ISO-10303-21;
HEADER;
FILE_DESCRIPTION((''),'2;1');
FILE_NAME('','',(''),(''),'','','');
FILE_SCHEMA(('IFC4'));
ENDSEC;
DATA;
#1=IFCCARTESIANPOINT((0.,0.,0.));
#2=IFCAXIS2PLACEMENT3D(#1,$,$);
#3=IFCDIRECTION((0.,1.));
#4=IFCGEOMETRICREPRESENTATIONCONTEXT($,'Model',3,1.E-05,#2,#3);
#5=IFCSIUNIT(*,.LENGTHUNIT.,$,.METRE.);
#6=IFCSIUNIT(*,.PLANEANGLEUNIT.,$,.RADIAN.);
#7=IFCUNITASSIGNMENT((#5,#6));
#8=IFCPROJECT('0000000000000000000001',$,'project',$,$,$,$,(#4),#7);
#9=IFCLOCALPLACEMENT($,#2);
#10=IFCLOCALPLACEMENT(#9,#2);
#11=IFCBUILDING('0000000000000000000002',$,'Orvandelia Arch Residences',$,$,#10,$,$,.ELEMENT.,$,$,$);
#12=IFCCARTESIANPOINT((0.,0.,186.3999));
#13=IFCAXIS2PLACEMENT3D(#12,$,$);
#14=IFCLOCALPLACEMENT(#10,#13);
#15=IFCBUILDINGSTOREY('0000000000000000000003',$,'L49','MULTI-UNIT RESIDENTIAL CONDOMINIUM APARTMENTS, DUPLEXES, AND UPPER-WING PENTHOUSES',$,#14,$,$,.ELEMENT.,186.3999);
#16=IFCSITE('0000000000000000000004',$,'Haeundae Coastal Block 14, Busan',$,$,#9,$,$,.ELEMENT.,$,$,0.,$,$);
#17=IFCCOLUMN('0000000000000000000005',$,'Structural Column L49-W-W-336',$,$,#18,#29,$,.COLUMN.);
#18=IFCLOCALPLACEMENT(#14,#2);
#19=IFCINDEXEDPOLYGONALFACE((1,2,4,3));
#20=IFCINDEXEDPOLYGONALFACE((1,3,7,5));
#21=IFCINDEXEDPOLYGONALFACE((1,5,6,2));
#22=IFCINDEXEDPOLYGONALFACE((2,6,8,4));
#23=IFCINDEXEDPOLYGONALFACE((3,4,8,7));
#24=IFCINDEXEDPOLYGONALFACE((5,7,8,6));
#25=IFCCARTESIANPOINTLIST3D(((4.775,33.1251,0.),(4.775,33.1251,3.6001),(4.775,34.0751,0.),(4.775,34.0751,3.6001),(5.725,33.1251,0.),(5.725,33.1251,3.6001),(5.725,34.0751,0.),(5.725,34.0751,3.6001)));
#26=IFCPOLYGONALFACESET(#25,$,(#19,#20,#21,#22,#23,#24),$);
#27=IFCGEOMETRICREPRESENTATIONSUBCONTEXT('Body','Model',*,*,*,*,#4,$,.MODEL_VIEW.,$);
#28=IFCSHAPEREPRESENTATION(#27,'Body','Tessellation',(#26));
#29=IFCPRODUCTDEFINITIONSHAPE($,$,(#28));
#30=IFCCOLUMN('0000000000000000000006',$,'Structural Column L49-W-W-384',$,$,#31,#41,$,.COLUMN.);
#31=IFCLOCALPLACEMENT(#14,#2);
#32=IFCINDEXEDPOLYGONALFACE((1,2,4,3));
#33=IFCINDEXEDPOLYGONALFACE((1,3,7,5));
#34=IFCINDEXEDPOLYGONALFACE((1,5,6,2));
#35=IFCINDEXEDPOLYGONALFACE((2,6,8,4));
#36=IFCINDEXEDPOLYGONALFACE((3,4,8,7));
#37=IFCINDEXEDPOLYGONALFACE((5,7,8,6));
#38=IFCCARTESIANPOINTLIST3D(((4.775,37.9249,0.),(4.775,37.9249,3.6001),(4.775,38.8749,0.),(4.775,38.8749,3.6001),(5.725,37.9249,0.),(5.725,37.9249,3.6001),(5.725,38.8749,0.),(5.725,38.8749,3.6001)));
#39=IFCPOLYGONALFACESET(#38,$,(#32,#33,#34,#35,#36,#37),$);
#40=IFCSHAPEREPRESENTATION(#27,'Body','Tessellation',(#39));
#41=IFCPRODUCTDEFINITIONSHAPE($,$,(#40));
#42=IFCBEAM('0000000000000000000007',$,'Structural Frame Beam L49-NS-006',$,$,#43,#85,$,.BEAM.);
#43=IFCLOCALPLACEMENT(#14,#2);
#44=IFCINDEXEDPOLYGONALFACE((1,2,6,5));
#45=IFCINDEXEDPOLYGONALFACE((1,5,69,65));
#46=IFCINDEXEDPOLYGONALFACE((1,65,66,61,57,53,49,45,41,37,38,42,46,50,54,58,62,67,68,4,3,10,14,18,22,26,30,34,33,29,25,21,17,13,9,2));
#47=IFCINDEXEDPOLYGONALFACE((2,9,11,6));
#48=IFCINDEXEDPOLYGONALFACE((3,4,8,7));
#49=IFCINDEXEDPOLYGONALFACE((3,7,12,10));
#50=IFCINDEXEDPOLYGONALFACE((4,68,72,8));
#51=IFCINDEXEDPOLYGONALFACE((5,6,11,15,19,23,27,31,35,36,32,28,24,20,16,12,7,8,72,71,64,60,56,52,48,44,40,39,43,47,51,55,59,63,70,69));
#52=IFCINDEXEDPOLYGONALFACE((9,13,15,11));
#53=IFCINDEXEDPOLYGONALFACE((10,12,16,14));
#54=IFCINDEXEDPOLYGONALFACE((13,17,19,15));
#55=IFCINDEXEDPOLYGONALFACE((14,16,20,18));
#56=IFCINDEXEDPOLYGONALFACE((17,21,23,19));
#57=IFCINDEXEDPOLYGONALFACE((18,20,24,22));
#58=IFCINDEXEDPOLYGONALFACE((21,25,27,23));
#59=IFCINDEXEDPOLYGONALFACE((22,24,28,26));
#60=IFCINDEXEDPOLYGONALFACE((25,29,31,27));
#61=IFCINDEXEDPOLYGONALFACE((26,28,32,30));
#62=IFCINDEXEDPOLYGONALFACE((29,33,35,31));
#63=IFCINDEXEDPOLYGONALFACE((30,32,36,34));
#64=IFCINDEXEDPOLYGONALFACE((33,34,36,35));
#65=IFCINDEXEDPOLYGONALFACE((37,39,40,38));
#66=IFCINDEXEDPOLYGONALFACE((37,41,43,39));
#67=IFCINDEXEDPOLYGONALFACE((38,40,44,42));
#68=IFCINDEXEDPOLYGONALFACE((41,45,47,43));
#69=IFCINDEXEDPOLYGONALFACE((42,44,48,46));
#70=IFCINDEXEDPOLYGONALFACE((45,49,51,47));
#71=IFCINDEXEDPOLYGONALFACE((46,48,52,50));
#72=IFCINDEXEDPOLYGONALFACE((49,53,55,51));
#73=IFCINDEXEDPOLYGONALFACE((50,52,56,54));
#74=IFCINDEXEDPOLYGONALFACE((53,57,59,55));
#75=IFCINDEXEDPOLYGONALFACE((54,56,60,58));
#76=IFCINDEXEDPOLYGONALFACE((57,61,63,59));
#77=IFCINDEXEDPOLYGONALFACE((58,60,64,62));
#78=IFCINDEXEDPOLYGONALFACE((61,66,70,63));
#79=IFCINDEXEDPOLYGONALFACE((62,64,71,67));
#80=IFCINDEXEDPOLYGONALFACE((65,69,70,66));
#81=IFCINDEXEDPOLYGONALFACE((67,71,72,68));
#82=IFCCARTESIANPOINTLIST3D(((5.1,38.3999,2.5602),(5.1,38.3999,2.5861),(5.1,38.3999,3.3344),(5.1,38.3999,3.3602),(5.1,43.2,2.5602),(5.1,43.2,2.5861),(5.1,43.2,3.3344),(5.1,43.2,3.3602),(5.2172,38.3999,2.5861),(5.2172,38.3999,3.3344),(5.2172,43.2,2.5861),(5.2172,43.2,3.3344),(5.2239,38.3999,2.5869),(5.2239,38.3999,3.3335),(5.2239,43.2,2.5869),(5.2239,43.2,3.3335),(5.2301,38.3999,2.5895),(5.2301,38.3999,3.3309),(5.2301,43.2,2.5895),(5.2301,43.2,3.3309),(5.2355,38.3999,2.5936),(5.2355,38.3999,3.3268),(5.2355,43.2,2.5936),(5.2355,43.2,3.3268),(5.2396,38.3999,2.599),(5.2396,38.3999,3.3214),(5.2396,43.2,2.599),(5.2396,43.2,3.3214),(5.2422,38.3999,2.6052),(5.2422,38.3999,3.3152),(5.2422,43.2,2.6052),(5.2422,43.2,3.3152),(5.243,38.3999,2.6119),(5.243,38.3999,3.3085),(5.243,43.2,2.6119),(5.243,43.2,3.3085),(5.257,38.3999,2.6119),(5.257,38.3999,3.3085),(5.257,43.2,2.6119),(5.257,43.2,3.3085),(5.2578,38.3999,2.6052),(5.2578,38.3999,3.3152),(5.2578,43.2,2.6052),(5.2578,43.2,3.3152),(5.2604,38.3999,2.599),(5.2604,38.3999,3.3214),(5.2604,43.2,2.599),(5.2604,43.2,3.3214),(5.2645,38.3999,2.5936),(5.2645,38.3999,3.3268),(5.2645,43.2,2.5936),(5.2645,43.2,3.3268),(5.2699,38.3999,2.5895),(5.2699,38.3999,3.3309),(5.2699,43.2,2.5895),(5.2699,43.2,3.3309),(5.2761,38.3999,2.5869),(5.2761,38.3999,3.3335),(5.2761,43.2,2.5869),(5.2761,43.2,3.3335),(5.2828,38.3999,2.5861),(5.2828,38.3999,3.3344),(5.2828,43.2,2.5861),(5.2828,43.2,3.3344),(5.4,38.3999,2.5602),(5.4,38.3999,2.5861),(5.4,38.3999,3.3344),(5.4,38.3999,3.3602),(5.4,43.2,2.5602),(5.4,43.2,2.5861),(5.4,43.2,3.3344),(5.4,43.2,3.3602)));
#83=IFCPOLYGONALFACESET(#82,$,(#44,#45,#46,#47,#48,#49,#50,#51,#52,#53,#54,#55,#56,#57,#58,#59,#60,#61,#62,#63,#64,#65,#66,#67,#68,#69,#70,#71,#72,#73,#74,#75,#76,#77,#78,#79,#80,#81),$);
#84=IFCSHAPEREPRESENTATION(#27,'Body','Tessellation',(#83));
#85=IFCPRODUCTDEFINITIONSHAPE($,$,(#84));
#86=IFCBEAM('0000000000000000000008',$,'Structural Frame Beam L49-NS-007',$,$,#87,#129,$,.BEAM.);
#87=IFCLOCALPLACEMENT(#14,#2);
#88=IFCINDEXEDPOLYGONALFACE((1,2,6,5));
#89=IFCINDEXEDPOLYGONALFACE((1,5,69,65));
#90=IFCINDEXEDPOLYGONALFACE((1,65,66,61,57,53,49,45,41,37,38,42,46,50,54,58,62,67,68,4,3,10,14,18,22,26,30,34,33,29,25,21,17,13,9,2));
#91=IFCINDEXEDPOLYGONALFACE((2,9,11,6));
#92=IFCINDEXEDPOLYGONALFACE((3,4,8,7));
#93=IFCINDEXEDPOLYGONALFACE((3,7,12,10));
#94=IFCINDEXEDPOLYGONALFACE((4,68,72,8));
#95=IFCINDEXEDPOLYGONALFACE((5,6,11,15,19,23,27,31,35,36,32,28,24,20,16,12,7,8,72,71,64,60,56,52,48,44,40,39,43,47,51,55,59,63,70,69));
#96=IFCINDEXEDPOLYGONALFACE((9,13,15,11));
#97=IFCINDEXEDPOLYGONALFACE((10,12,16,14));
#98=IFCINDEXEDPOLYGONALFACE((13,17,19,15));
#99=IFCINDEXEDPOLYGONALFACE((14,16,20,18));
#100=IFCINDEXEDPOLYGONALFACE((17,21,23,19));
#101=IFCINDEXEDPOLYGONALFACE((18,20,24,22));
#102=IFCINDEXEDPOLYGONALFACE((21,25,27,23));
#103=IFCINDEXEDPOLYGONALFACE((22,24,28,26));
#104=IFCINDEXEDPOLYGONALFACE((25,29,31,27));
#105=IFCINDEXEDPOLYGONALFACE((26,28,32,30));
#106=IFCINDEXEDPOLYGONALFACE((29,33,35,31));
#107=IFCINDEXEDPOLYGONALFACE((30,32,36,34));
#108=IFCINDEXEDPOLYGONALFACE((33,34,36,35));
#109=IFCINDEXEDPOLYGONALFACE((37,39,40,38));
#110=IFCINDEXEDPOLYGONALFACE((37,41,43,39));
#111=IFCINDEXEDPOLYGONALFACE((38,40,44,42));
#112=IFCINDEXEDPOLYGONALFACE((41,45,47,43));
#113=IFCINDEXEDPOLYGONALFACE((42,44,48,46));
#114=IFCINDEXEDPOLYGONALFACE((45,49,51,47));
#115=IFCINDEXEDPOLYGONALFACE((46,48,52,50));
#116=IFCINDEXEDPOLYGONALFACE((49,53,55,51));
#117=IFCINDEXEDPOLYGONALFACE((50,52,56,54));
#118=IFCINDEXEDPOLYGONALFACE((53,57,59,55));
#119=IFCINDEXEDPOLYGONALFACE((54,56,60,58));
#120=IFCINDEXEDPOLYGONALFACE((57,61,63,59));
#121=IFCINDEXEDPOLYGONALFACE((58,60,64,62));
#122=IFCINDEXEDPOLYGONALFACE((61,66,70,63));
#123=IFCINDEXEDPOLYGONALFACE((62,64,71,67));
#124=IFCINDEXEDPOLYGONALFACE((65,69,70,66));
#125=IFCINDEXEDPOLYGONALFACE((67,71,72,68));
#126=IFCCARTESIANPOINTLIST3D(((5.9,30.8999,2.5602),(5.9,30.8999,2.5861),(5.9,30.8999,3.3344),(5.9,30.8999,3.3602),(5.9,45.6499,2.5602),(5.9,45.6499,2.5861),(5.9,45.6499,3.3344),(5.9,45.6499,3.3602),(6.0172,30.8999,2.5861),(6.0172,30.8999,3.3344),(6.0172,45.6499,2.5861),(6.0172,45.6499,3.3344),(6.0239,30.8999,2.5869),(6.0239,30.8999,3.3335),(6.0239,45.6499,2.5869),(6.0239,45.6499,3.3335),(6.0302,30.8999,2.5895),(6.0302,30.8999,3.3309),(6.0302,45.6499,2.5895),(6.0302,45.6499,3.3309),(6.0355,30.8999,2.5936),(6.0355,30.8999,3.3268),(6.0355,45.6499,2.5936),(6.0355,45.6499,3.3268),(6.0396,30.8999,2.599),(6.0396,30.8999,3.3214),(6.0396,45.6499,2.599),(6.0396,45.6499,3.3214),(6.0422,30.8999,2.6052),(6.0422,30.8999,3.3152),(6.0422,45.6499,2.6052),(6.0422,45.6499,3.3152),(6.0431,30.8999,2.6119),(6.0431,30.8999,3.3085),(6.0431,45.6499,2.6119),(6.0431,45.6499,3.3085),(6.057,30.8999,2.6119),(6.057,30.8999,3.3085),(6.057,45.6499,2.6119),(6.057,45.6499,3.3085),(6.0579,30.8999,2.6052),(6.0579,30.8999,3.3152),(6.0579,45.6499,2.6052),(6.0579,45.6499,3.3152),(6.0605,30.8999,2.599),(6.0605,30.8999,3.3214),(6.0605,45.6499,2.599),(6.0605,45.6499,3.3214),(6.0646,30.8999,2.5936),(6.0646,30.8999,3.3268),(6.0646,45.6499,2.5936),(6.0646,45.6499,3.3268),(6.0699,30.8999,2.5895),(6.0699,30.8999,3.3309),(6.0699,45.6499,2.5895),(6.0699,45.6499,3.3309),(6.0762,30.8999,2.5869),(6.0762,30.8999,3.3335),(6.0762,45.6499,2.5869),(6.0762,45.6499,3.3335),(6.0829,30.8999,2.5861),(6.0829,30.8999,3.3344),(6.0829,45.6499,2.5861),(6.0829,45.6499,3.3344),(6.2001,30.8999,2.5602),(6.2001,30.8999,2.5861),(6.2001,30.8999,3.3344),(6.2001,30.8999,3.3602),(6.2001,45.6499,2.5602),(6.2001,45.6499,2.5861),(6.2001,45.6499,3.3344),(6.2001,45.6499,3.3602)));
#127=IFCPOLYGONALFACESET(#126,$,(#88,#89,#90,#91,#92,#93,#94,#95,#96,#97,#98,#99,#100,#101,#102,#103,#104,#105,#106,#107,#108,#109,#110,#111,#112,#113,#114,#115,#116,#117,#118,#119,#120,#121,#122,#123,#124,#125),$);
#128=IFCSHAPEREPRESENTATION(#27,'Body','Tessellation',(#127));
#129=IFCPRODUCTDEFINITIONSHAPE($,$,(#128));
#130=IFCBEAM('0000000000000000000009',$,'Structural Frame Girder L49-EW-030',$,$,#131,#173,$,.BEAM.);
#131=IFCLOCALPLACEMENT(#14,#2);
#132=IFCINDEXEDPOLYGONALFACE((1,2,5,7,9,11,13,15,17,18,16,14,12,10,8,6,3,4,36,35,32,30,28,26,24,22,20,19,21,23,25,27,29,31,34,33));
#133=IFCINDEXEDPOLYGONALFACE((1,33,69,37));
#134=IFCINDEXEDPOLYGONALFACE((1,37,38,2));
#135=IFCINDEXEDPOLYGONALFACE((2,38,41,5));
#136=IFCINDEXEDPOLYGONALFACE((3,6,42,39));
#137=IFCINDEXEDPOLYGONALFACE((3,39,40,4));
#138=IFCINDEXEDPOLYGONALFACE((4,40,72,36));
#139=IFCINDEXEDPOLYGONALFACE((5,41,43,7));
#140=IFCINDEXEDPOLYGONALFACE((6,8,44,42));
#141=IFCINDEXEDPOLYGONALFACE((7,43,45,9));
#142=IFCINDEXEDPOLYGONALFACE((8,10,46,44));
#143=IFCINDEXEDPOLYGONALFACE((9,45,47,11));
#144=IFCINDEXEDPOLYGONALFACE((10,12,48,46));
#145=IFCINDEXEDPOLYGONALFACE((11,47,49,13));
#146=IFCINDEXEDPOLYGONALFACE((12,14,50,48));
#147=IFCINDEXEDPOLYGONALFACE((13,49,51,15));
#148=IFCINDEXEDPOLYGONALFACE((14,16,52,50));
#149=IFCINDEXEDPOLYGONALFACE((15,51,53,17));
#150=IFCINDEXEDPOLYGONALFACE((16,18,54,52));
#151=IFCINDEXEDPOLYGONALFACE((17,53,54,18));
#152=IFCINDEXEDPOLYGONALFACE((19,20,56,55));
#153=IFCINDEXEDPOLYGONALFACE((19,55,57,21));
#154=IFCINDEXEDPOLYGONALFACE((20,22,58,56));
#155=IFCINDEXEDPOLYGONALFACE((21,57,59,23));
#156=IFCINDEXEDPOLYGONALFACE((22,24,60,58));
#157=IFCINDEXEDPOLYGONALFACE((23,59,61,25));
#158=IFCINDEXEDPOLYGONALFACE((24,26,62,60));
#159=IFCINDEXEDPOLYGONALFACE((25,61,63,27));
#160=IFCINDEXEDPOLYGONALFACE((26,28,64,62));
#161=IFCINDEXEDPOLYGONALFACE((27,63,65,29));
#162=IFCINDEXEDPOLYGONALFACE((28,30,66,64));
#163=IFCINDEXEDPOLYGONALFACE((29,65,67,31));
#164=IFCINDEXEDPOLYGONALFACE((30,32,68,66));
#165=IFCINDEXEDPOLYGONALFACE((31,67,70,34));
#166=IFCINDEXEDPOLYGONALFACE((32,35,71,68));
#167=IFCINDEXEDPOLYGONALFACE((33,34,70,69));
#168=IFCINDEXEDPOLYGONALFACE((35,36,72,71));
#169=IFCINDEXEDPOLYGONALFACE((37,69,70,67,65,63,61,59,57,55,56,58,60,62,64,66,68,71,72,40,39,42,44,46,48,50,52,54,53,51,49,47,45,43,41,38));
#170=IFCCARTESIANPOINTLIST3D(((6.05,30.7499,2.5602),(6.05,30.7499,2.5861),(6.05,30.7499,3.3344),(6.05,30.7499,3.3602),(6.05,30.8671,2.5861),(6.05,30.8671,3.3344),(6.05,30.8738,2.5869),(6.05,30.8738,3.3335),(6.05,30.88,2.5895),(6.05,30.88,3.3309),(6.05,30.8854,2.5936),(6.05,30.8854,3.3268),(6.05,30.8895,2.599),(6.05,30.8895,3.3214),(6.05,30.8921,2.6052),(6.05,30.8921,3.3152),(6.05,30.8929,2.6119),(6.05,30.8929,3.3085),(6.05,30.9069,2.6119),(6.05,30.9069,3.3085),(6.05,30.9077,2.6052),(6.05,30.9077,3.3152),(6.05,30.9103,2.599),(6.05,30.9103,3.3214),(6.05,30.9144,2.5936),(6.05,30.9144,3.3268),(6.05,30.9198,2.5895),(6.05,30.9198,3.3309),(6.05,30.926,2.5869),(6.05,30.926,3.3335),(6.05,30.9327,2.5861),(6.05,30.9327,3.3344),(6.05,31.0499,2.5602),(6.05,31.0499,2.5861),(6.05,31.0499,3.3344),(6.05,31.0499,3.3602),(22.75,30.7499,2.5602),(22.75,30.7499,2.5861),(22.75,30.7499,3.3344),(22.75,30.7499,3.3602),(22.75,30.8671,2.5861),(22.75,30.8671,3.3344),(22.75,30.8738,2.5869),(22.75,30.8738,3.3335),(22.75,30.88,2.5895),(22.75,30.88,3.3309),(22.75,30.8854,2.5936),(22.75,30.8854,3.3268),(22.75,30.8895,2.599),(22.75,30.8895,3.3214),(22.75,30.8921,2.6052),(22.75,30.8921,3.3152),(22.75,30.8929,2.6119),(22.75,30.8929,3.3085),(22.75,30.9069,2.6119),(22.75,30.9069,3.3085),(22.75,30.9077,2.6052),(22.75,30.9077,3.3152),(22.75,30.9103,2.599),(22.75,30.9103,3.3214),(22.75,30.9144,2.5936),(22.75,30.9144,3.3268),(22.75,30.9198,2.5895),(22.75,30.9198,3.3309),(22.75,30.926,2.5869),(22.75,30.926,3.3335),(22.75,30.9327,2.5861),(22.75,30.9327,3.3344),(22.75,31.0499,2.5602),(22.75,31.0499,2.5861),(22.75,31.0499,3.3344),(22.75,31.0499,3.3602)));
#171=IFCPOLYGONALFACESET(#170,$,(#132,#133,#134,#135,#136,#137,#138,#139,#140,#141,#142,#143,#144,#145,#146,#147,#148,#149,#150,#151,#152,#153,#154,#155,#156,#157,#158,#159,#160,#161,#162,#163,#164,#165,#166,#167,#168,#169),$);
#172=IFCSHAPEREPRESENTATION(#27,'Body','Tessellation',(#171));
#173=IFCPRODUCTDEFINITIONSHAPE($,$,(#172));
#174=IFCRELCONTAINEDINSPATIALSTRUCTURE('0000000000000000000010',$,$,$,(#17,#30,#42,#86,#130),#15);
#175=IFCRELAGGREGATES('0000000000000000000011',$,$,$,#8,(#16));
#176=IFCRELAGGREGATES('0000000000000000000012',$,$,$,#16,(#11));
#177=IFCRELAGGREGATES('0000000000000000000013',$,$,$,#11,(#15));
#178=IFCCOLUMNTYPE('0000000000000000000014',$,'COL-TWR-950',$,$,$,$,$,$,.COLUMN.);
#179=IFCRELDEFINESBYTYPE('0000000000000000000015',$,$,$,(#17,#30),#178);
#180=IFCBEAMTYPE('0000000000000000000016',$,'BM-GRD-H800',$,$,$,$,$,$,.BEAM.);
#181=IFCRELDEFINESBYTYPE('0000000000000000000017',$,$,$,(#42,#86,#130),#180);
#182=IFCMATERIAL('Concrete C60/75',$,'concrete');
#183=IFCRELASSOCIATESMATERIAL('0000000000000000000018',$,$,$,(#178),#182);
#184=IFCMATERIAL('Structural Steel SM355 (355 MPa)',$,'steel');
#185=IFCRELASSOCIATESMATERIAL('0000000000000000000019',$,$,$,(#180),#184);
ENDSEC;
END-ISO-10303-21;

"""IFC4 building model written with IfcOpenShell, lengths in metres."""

from ifc_helpers import new_model, si_unit, direction, frame, origin, origin_2d, place, context, subcontext, project, spatial, rectangle, i_section, extrude, material, material_profile, profile_set, type_object, element, save


model = new_model("IFC4")

# Units and contexts
model_context = context("Model", 3, precision=1e-05, world=origin(), true_north=direction((0.0, 1.0)))
body_context = subcontext(model_context, "Body", "Model", "MODEL_VIEW")
ifc_project = project(units=[si_unit("LENGTHUNIT", "METRE"), si_unit("PLANEANGLEUNIT", "RADIAN")], contexts=[model_context])

# Site, building, storey
site_placement = place(None, origin())
site = spatial("IfcSite", under=ifc_project, at=site_placement, Name="Haeundae Coastal Block 14, Busan", CompositionType="ELEMENT", RefElevation=0.0)
building_placement = place(site_placement, origin())
building = spatial("IfcBuilding", under=site, at=building_placement, Name="Orvandelia Arch Residences", CompositionType="ELEMENT")
storey_placement = place(building_placement, frame((0.0, 0.0, 186.3999)))
storey = spatial("IfcBuildingStorey", under=building, at=storey_placement, Name="L49", Description="MULTI-UNIT RESIDENTIAL CONDOMINIUM APARTMENTS, DUPLEXES, AND UPPER-WING PENTHOUSES", CompositionType="ELEMENT", Elevation=186.3999)

# Columns
ifc_material_1 = material(Name="Concrete C60/75", Category="concrete")
ifc_material_profile_1 = material_profile(ifc_material_1, rectangle(XDim=0.95, YDim=0.95, at=origin_2d()), Name="Concrete C60/75", Category="concrete")
ifc_profile_set_1 = profile_set([ifc_material_profile_1], Name="Concrete C60/75")
column_type = type_object("IfcColumnType", Name="COL-TWR-950", PredefinedType="COLUMN", material=ifc_profile_set_1)
for number, where, z_axis, x_axis, name in (
    (1, (5.25, 33.6001, 0.0), (0.0, 0.0, 1.0), (1.0, 0.0, 0.0), "Structural Column L49-W-W-336"),
    (2, (5.25, 38.3999, 0.0), (0.0, 0.0, 1.0), (1.0, 0.0, 0.0), "Structural Column L49-W-W-384"),
):
    element("IfcColumn", number, at=place(storey_placement, frame(where, z_axis=z_axis, x_axis=x_axis)), inside=storey, type_object=column_type, Name=name, PredefinedType="COLUMN", context=body_context, shape_type="SweptSolid", body=[
        extrude(rectangle(XDim=0.95, YDim=0.95, at=origin_2d()), origin(), (0.0, 0.0, 1.0), 3.6001),
    ])

# Beams
ifc_material_2 = material(Name="Structural Steel SM355 (355 MPa)", Category="steel")
ifc_material_profile_2 = material_profile(ifc_material_2, i_section(OverallWidth=0.3, OverallDepth=0.8, WebThickness=0.0139, FlangeThickness=0.0259, FilletRadius=0.0259, at=origin_2d()), Name="Structural Steel SM355 (355 MPa)", Category="steel")
ifc_profile_set_2 = profile_set([ifc_material_profile_2], Name="Structural Steel SM355 (355 MPa)")
beam_type_1 = type_object("IfcBeamType", Name="BM-GRD-H800", PredefinedType="BEAM", material=ifc_profile_set_2)
beam_1_placement = place(storey_placement, frame((5.25, 38.3999, 2.9602), z_axis=(0.0, 1.0, 0.0), x_axis=(-1.0, 0.0, 0.0)))
element("IfcBeam", 3, at=beam_1_placement, inside=storey, type_object=beam_type_1, Name="Structural Frame Beam L49-NS-006", PredefinedType="BEAM", context=body_context, shape_type="SweptSolid", body=[
    extrude(i_section(OverallWidth=0.3, OverallDepth=0.8, WebThickness=0.0139, FlangeThickness=0.0259, FilletRadius=0.0259, at=origin_2d()), origin(), (0.0, 0.0, 1.0), 4.8),
])
beam_2_placement = place(storey_placement, frame((6.05, 30.8999, 2.9602), z_axis=(0.0, 1.0, 0.0), x_axis=(-1.0, 0.0, 0.0)))
element("IfcBeam", 4, at=beam_2_placement, inside=storey, type_object=beam_type_1, Name="Structural Frame Beam L49-NS-007", PredefinedType="BEAM", context=body_context, shape_type="SweptSolid", body=[
    extrude(i_section(OverallWidth=0.3, OverallDepth=0.8, WebThickness=0.0139, FlangeThickness=0.0259, FilletRadius=0.0259, at=origin_2d()), origin(), (0.0, 0.0, 1.0), 14.75),
])
beam_3_placement = place(storey_placement, frame((6.05, 30.8999, 2.9602), z_axis=(1.0, 0.0, 0.0), x_axis=(0.0, 1.0, 0.0)))
element("IfcBeam", 5, at=beam_3_placement, inside=storey, type_object=beam_type_1, Name="Structural Frame Girder L49-EW-030", PredefinedType="BEAM", context=body_context, shape_type="SweptSolid", body=[
    extrude(i_section(OverallWidth=0.3, OverallDepth=0.8, WebThickness=0.0139, FlangeThickness=0.0259, FilletRadius=0.0259, at=origin_2d()), origin(), (0.0, 0.0, 1.0), 16.7),
])

save(model, "model.ifc")
